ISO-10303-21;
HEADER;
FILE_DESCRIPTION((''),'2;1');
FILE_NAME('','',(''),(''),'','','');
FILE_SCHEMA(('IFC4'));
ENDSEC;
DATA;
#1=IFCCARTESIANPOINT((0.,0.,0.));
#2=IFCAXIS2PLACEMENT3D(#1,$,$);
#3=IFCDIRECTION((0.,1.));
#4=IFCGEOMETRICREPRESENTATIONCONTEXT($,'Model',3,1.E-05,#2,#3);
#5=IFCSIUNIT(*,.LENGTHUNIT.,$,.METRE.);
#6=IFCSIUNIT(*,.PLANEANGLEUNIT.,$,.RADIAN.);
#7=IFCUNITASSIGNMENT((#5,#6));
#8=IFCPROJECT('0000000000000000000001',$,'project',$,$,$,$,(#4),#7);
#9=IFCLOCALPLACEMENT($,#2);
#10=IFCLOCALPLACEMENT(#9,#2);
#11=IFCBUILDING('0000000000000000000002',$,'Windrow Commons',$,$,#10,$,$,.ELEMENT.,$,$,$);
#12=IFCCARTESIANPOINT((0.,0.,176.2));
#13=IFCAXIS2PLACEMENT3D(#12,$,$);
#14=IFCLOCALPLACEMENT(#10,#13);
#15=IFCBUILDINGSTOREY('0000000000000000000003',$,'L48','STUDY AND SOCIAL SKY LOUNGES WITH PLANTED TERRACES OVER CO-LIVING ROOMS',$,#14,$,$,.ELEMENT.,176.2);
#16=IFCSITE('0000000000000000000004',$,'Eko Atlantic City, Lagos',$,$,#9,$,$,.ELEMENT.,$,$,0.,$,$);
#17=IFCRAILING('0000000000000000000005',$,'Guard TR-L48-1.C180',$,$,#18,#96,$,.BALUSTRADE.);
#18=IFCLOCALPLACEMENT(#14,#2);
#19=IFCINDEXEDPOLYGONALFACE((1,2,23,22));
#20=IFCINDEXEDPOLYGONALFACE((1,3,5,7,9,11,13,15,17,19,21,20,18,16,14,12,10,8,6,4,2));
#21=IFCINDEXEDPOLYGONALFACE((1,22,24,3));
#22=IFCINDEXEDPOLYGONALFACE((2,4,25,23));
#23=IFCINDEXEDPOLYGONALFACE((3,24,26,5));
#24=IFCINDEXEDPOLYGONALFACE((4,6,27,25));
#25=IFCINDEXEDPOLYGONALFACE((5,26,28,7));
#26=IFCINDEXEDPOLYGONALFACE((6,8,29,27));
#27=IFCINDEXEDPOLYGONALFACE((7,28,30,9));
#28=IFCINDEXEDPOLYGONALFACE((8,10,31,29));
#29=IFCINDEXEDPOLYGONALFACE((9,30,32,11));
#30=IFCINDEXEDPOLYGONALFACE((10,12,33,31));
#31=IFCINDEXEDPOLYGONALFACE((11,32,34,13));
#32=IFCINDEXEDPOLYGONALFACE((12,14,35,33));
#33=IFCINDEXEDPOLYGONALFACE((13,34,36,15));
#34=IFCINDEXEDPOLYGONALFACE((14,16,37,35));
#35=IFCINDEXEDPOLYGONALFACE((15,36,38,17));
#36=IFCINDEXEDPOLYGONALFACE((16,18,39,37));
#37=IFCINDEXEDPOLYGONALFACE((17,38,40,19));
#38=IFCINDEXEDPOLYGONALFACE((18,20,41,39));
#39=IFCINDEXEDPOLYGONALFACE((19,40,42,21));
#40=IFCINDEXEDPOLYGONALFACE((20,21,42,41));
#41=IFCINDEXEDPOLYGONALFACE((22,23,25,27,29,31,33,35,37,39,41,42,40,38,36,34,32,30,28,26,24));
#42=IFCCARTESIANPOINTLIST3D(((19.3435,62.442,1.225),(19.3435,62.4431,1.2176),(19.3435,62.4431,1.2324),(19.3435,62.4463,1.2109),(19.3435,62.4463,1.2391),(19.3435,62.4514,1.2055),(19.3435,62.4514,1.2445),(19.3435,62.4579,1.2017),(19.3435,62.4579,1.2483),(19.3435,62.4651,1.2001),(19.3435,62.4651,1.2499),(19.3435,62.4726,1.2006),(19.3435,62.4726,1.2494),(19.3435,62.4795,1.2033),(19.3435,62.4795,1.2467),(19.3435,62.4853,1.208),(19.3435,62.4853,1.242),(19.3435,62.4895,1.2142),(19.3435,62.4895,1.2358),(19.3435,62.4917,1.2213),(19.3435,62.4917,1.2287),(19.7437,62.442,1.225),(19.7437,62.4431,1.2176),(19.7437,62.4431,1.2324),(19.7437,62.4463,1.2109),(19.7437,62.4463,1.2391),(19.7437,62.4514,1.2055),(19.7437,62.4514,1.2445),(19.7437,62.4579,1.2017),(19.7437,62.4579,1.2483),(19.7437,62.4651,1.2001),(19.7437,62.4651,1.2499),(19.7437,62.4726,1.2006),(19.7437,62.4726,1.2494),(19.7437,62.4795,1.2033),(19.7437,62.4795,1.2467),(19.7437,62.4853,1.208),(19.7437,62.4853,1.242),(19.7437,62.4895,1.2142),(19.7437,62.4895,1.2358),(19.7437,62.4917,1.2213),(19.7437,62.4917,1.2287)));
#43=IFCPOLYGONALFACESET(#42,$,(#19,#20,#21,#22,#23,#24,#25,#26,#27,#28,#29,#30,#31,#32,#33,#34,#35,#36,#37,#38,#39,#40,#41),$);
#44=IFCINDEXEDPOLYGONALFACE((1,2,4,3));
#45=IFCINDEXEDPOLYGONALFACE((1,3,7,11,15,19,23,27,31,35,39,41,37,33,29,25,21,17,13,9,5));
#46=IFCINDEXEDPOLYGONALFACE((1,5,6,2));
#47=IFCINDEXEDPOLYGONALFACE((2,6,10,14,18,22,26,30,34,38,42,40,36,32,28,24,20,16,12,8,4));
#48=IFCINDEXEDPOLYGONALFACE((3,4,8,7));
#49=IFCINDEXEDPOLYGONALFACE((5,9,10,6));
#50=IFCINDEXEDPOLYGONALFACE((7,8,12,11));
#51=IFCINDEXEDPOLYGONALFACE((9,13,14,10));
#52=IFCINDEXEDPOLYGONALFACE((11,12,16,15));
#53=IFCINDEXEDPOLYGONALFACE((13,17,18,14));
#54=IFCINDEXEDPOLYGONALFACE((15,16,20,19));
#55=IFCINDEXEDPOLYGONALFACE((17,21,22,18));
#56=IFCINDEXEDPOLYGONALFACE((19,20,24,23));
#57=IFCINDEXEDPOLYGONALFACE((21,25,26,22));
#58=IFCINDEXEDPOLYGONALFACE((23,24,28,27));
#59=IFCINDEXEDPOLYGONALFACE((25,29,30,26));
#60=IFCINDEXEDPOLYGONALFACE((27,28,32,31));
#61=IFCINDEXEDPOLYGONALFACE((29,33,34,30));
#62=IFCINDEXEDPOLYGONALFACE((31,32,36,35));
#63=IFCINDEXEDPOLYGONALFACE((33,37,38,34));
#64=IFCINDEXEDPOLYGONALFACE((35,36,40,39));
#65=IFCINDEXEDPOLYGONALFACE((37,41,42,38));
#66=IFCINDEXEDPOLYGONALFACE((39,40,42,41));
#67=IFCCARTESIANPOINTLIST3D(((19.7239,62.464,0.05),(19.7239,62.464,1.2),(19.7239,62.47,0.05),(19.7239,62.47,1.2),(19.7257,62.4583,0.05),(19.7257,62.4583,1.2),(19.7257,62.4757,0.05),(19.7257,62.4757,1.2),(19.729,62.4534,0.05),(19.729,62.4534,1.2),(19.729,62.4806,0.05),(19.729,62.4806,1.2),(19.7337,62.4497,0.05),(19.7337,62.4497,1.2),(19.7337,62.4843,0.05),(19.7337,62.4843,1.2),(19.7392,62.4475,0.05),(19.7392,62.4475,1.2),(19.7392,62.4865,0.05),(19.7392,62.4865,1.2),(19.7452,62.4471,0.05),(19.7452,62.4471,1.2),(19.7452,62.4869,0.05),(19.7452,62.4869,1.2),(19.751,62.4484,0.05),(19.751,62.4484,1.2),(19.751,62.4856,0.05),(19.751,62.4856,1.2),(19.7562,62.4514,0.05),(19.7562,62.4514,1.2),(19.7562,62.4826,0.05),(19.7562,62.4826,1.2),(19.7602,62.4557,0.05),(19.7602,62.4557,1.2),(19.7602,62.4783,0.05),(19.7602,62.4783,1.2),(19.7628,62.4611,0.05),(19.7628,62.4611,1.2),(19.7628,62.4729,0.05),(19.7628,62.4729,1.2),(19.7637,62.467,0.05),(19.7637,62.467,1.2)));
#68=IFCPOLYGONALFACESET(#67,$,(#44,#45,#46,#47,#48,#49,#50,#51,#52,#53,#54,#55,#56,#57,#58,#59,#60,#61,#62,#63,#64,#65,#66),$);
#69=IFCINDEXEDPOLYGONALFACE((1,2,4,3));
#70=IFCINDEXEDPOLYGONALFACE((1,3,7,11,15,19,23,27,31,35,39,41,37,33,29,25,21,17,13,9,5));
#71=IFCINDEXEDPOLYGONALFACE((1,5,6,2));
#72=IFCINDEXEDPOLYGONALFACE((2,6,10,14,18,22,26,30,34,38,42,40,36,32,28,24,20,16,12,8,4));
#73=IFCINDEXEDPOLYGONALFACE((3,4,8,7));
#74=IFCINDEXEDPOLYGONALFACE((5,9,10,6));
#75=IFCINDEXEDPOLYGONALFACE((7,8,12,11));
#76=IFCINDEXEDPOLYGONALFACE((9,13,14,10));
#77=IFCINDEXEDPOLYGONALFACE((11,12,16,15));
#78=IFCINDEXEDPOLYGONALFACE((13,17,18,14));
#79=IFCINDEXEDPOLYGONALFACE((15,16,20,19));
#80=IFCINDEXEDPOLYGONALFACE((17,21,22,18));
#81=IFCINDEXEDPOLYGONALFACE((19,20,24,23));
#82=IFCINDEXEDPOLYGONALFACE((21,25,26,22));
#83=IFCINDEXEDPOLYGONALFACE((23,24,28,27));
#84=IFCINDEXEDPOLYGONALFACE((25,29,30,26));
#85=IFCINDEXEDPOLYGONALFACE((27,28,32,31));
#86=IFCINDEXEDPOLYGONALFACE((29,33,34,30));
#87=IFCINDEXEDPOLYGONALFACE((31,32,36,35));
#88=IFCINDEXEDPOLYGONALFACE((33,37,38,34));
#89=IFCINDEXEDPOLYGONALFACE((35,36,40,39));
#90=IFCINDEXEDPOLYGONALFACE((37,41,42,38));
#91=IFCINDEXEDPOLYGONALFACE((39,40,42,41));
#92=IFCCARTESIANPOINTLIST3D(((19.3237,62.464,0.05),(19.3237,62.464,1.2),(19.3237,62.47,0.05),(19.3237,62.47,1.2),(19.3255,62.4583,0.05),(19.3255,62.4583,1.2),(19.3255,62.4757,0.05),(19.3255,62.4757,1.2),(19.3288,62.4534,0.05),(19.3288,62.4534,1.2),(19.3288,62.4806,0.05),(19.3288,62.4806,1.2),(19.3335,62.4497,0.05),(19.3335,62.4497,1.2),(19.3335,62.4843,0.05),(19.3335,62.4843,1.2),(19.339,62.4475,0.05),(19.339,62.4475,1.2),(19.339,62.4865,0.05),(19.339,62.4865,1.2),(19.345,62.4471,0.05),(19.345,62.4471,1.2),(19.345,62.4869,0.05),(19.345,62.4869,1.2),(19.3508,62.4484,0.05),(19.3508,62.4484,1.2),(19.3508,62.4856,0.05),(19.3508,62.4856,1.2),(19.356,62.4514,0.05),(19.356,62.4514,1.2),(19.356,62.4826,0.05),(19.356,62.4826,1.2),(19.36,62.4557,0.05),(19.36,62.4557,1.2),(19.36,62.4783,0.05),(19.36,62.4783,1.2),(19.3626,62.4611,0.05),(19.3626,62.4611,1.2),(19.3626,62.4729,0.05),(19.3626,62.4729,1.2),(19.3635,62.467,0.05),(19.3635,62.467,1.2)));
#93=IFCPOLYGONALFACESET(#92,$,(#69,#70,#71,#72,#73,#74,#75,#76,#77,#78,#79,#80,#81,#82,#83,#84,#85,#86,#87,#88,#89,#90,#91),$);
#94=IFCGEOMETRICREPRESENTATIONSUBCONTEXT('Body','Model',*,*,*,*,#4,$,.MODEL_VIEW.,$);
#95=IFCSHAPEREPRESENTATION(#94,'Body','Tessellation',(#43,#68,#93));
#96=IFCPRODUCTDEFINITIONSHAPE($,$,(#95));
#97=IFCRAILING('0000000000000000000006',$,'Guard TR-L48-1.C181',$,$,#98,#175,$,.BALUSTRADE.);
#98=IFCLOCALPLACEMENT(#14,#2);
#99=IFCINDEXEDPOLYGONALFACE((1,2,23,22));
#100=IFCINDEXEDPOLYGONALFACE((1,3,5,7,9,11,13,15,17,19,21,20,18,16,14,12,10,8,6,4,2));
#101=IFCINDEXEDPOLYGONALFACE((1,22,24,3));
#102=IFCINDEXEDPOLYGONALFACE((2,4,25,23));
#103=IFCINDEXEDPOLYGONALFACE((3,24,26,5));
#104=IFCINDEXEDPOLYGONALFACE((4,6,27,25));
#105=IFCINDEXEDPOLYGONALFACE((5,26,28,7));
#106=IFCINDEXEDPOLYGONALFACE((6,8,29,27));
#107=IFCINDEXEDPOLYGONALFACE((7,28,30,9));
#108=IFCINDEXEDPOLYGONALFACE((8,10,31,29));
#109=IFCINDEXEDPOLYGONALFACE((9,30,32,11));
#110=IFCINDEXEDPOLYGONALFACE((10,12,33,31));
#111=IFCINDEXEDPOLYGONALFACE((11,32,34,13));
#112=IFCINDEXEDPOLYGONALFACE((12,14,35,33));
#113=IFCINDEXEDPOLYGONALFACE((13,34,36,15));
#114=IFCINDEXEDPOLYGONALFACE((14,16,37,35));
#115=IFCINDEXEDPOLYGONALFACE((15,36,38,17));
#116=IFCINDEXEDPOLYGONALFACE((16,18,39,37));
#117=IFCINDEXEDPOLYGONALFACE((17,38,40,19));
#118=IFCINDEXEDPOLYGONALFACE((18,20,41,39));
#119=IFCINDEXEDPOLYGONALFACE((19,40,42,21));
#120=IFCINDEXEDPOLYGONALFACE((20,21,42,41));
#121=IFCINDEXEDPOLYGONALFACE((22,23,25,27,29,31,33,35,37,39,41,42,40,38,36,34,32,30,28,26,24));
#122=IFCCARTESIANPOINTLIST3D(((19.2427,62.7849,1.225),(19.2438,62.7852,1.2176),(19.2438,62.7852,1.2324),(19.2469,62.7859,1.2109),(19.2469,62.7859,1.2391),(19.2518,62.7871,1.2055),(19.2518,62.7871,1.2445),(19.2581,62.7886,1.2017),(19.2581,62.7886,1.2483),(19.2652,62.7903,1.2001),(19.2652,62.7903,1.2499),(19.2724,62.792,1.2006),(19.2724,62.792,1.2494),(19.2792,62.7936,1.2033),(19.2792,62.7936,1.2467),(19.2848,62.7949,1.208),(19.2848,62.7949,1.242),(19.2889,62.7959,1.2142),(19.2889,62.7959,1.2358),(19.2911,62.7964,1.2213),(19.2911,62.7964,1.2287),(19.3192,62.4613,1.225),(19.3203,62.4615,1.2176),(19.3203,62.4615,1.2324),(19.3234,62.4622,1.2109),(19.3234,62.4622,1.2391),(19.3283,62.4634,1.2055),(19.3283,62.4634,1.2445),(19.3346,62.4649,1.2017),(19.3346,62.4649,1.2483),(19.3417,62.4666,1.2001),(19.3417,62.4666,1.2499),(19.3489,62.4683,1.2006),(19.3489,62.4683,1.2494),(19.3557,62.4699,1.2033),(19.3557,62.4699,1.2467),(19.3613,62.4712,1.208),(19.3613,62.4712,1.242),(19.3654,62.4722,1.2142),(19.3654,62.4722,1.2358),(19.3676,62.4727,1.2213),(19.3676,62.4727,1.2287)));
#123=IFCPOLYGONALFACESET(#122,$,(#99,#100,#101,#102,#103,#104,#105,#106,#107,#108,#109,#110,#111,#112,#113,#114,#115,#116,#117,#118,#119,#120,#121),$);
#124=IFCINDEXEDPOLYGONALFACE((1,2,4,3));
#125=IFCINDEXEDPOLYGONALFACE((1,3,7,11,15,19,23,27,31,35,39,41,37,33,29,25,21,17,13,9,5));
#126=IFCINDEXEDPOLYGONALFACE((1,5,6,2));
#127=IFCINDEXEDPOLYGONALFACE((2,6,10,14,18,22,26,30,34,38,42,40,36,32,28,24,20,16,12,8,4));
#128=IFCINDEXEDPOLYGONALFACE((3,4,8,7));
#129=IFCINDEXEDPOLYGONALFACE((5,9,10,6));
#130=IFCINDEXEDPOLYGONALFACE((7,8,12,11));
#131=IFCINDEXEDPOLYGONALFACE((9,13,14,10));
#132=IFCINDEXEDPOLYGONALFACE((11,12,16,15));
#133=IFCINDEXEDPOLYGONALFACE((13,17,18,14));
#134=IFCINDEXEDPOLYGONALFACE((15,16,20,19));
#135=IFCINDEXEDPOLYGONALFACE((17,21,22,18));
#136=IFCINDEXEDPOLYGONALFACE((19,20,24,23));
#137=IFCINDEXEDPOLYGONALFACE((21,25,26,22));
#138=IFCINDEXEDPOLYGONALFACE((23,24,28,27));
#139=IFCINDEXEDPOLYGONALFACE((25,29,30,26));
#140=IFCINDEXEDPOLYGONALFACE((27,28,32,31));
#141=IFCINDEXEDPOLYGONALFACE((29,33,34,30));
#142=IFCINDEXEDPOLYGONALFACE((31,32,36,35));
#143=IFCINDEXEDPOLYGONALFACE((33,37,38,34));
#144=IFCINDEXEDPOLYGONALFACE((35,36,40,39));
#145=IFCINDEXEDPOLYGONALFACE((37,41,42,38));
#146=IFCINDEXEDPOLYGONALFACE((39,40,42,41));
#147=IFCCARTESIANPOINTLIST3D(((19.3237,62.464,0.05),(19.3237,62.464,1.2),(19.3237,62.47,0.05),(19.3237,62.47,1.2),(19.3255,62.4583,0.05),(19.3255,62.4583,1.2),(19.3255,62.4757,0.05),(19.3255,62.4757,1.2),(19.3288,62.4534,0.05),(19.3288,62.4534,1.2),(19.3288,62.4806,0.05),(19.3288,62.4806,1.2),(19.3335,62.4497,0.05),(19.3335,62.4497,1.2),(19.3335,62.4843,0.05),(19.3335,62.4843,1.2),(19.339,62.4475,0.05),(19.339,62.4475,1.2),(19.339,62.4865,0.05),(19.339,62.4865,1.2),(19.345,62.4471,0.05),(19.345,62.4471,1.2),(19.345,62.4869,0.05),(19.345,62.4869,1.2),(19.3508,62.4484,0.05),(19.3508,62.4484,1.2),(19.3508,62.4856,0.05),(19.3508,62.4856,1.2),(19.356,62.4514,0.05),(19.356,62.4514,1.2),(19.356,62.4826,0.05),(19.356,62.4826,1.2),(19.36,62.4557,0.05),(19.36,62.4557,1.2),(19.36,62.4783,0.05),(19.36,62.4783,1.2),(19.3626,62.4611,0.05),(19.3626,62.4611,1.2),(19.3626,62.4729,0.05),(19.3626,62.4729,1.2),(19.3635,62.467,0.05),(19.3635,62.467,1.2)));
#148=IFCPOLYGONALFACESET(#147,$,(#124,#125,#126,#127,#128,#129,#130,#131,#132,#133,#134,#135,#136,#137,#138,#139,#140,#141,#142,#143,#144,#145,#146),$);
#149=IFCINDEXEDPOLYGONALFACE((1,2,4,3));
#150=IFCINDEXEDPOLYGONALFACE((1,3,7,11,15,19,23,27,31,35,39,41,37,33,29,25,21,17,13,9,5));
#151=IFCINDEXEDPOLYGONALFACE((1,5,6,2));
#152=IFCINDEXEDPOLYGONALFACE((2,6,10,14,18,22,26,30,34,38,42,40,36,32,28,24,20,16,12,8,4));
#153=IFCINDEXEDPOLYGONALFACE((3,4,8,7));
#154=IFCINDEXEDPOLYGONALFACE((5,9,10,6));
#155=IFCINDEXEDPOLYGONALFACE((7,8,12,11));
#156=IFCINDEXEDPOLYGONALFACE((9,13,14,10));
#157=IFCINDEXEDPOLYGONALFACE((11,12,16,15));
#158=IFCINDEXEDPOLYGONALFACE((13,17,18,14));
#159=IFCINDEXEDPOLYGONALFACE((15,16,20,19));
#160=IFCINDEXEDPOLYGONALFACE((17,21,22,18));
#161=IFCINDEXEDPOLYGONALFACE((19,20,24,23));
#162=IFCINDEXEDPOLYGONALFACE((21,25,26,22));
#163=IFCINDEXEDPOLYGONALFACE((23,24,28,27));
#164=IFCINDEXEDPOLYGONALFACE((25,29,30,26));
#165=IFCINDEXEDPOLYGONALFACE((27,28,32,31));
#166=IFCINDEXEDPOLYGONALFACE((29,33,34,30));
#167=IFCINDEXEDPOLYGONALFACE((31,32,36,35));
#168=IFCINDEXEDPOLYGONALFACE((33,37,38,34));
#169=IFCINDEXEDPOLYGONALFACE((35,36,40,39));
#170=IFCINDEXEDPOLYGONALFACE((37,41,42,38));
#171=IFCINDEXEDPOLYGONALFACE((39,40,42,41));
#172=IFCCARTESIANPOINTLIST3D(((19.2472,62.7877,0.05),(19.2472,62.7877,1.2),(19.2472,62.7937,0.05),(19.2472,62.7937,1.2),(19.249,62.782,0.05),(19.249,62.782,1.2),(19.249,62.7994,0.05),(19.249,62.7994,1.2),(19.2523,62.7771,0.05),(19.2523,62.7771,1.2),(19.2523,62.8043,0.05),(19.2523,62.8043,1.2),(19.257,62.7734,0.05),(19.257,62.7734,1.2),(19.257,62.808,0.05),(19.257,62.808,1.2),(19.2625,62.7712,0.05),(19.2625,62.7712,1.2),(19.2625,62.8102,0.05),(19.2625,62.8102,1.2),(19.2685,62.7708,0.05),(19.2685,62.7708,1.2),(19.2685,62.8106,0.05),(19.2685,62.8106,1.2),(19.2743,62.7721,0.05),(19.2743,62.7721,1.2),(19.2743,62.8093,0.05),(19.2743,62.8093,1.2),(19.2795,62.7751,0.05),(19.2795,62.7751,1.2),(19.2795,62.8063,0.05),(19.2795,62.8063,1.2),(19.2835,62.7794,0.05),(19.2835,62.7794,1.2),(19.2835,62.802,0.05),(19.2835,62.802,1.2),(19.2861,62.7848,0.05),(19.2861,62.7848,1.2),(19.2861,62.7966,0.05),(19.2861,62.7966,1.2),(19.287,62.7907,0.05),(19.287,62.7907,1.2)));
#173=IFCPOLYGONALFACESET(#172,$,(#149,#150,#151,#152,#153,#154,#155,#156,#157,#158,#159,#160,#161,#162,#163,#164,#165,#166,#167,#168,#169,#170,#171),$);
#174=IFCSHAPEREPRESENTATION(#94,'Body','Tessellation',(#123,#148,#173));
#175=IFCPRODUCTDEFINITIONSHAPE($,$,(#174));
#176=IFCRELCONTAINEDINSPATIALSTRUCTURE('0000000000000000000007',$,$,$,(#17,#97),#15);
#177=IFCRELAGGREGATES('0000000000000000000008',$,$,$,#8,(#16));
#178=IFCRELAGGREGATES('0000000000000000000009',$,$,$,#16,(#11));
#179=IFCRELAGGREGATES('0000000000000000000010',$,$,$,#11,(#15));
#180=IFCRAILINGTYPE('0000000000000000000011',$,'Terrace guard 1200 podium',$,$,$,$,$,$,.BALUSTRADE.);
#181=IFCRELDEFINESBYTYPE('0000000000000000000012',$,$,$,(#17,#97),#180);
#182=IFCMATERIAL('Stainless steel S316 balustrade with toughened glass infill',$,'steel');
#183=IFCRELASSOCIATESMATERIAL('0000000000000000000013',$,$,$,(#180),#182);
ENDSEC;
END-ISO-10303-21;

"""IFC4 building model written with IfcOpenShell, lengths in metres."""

from ifc_helpers import new_model, si_unit, direction, frame, origin, origin_2d, place, context, subcontext, project, spatial, circle, extrude, material, type_object, element, save


model = new_model("IFC4")

# Units and contexts
model_context = context("Model", 3, precision=1e-05, world=origin(), true_north=direction((0.0, 1.0)))
body_context = subcontext(model_context, "Body", "Model", "MODEL_VIEW")
ifc_project = project(units=[si_unit("LENGTHUNIT", "METRE"), si_unit("PLANEANGLEUNIT", "RADIAN")], contexts=[model_context])

# Site, building, storey
site_placement = place(None, origin())
site = spatial("IfcSite", under=ifc_project, at=site_placement, Name="Eko Atlantic City, Lagos", CompositionType="ELEMENT", RefElevation=0.0)
building_placement = place(site_placement, origin())
building = spatial("IfcBuilding", under=site, at=building_placement, Name="Windrow Commons", CompositionType="ELEMENT")
storey_placement = place(building_placement, frame((0.0, 0.0, 176.2)))
storey = spatial("IfcBuildingStorey", under=building, at=storey_placement, Name="L48", Description="STUDY AND SOCIAL SKY LOUNGES WITH PLANTED TERRACES OVER CO-LIVING ROOMS", CompositionType="ELEMENT", Elevation=176.2)

# Railings
ifc_material_1 = material(Name="Stainless steel S316 balustrade with toughened glass infill", Category="steel")
railing_type = type_object("IfcRailingType", Name="Terrace guard 1200 podium", PredefinedType="BALUSTRADE", material=ifc_material_1)
railing_1_placement = place(storey_placement, frame((19.7437, 62.467, 0.05)))
element("IfcRailing", 1, at=railing_1_placement, inside=storey, type_object=railing_type, Name="Guard TR-L48-1.C180", PredefinedType="BALUSTRADE", context=body_context, shape_type="SweptSolid", body=[
    extrude(circle(Radius=0.025, at=origin_2d()), frame((0.0, 0.0, 1.175), z_axis=(-1.0, 0.0, 0.0), x_axis=(0.0, -1.0, 0.0)), (0.0, 0.0, 1.0), 0.4002),
    extrude(circle(Radius=0.02, at=origin_2d()), origin(), (0.0, 0.0, 1.0), 1.15),
    extrude(circle(Radius=0.02, at=origin_2d()), frame((-0.4002, 0.0, 0.0)), (0.0, 0.0, 1.0), 1.15),
])
railing_2_placement = place(storey_placement, frame((19.3435, 62.467, 0.05)))
element("IfcRailing", 2, at=railing_2_placement, inside=storey, type_object=railing_type, Name="Guard TR-L48-1.C181", PredefinedType="BALUSTRADE", context=body_context, shape_type="SweptSolid", body=[
    extrude(circle(Radius=0.025, at=origin_2d()), frame((0.0, 0.0, 1.175), z_axis=(-0.229994, 0.973192, 0.0), x_axis=(-0.973192, -0.229994, 0.0)), (0.0, 0.0, 1.0), 0.3326),
    extrude(circle(Radius=0.02, at=origin_2d()), origin(), (0.0, 0.0, 1.0), 1.15),
    extrude(circle(Radius=0.02, at=origin_2d()), frame((-0.0765, 0.3237, 0.0)), (0.0, 0.0, 1.0), 1.15),
])

save(model, "model.ifc")
